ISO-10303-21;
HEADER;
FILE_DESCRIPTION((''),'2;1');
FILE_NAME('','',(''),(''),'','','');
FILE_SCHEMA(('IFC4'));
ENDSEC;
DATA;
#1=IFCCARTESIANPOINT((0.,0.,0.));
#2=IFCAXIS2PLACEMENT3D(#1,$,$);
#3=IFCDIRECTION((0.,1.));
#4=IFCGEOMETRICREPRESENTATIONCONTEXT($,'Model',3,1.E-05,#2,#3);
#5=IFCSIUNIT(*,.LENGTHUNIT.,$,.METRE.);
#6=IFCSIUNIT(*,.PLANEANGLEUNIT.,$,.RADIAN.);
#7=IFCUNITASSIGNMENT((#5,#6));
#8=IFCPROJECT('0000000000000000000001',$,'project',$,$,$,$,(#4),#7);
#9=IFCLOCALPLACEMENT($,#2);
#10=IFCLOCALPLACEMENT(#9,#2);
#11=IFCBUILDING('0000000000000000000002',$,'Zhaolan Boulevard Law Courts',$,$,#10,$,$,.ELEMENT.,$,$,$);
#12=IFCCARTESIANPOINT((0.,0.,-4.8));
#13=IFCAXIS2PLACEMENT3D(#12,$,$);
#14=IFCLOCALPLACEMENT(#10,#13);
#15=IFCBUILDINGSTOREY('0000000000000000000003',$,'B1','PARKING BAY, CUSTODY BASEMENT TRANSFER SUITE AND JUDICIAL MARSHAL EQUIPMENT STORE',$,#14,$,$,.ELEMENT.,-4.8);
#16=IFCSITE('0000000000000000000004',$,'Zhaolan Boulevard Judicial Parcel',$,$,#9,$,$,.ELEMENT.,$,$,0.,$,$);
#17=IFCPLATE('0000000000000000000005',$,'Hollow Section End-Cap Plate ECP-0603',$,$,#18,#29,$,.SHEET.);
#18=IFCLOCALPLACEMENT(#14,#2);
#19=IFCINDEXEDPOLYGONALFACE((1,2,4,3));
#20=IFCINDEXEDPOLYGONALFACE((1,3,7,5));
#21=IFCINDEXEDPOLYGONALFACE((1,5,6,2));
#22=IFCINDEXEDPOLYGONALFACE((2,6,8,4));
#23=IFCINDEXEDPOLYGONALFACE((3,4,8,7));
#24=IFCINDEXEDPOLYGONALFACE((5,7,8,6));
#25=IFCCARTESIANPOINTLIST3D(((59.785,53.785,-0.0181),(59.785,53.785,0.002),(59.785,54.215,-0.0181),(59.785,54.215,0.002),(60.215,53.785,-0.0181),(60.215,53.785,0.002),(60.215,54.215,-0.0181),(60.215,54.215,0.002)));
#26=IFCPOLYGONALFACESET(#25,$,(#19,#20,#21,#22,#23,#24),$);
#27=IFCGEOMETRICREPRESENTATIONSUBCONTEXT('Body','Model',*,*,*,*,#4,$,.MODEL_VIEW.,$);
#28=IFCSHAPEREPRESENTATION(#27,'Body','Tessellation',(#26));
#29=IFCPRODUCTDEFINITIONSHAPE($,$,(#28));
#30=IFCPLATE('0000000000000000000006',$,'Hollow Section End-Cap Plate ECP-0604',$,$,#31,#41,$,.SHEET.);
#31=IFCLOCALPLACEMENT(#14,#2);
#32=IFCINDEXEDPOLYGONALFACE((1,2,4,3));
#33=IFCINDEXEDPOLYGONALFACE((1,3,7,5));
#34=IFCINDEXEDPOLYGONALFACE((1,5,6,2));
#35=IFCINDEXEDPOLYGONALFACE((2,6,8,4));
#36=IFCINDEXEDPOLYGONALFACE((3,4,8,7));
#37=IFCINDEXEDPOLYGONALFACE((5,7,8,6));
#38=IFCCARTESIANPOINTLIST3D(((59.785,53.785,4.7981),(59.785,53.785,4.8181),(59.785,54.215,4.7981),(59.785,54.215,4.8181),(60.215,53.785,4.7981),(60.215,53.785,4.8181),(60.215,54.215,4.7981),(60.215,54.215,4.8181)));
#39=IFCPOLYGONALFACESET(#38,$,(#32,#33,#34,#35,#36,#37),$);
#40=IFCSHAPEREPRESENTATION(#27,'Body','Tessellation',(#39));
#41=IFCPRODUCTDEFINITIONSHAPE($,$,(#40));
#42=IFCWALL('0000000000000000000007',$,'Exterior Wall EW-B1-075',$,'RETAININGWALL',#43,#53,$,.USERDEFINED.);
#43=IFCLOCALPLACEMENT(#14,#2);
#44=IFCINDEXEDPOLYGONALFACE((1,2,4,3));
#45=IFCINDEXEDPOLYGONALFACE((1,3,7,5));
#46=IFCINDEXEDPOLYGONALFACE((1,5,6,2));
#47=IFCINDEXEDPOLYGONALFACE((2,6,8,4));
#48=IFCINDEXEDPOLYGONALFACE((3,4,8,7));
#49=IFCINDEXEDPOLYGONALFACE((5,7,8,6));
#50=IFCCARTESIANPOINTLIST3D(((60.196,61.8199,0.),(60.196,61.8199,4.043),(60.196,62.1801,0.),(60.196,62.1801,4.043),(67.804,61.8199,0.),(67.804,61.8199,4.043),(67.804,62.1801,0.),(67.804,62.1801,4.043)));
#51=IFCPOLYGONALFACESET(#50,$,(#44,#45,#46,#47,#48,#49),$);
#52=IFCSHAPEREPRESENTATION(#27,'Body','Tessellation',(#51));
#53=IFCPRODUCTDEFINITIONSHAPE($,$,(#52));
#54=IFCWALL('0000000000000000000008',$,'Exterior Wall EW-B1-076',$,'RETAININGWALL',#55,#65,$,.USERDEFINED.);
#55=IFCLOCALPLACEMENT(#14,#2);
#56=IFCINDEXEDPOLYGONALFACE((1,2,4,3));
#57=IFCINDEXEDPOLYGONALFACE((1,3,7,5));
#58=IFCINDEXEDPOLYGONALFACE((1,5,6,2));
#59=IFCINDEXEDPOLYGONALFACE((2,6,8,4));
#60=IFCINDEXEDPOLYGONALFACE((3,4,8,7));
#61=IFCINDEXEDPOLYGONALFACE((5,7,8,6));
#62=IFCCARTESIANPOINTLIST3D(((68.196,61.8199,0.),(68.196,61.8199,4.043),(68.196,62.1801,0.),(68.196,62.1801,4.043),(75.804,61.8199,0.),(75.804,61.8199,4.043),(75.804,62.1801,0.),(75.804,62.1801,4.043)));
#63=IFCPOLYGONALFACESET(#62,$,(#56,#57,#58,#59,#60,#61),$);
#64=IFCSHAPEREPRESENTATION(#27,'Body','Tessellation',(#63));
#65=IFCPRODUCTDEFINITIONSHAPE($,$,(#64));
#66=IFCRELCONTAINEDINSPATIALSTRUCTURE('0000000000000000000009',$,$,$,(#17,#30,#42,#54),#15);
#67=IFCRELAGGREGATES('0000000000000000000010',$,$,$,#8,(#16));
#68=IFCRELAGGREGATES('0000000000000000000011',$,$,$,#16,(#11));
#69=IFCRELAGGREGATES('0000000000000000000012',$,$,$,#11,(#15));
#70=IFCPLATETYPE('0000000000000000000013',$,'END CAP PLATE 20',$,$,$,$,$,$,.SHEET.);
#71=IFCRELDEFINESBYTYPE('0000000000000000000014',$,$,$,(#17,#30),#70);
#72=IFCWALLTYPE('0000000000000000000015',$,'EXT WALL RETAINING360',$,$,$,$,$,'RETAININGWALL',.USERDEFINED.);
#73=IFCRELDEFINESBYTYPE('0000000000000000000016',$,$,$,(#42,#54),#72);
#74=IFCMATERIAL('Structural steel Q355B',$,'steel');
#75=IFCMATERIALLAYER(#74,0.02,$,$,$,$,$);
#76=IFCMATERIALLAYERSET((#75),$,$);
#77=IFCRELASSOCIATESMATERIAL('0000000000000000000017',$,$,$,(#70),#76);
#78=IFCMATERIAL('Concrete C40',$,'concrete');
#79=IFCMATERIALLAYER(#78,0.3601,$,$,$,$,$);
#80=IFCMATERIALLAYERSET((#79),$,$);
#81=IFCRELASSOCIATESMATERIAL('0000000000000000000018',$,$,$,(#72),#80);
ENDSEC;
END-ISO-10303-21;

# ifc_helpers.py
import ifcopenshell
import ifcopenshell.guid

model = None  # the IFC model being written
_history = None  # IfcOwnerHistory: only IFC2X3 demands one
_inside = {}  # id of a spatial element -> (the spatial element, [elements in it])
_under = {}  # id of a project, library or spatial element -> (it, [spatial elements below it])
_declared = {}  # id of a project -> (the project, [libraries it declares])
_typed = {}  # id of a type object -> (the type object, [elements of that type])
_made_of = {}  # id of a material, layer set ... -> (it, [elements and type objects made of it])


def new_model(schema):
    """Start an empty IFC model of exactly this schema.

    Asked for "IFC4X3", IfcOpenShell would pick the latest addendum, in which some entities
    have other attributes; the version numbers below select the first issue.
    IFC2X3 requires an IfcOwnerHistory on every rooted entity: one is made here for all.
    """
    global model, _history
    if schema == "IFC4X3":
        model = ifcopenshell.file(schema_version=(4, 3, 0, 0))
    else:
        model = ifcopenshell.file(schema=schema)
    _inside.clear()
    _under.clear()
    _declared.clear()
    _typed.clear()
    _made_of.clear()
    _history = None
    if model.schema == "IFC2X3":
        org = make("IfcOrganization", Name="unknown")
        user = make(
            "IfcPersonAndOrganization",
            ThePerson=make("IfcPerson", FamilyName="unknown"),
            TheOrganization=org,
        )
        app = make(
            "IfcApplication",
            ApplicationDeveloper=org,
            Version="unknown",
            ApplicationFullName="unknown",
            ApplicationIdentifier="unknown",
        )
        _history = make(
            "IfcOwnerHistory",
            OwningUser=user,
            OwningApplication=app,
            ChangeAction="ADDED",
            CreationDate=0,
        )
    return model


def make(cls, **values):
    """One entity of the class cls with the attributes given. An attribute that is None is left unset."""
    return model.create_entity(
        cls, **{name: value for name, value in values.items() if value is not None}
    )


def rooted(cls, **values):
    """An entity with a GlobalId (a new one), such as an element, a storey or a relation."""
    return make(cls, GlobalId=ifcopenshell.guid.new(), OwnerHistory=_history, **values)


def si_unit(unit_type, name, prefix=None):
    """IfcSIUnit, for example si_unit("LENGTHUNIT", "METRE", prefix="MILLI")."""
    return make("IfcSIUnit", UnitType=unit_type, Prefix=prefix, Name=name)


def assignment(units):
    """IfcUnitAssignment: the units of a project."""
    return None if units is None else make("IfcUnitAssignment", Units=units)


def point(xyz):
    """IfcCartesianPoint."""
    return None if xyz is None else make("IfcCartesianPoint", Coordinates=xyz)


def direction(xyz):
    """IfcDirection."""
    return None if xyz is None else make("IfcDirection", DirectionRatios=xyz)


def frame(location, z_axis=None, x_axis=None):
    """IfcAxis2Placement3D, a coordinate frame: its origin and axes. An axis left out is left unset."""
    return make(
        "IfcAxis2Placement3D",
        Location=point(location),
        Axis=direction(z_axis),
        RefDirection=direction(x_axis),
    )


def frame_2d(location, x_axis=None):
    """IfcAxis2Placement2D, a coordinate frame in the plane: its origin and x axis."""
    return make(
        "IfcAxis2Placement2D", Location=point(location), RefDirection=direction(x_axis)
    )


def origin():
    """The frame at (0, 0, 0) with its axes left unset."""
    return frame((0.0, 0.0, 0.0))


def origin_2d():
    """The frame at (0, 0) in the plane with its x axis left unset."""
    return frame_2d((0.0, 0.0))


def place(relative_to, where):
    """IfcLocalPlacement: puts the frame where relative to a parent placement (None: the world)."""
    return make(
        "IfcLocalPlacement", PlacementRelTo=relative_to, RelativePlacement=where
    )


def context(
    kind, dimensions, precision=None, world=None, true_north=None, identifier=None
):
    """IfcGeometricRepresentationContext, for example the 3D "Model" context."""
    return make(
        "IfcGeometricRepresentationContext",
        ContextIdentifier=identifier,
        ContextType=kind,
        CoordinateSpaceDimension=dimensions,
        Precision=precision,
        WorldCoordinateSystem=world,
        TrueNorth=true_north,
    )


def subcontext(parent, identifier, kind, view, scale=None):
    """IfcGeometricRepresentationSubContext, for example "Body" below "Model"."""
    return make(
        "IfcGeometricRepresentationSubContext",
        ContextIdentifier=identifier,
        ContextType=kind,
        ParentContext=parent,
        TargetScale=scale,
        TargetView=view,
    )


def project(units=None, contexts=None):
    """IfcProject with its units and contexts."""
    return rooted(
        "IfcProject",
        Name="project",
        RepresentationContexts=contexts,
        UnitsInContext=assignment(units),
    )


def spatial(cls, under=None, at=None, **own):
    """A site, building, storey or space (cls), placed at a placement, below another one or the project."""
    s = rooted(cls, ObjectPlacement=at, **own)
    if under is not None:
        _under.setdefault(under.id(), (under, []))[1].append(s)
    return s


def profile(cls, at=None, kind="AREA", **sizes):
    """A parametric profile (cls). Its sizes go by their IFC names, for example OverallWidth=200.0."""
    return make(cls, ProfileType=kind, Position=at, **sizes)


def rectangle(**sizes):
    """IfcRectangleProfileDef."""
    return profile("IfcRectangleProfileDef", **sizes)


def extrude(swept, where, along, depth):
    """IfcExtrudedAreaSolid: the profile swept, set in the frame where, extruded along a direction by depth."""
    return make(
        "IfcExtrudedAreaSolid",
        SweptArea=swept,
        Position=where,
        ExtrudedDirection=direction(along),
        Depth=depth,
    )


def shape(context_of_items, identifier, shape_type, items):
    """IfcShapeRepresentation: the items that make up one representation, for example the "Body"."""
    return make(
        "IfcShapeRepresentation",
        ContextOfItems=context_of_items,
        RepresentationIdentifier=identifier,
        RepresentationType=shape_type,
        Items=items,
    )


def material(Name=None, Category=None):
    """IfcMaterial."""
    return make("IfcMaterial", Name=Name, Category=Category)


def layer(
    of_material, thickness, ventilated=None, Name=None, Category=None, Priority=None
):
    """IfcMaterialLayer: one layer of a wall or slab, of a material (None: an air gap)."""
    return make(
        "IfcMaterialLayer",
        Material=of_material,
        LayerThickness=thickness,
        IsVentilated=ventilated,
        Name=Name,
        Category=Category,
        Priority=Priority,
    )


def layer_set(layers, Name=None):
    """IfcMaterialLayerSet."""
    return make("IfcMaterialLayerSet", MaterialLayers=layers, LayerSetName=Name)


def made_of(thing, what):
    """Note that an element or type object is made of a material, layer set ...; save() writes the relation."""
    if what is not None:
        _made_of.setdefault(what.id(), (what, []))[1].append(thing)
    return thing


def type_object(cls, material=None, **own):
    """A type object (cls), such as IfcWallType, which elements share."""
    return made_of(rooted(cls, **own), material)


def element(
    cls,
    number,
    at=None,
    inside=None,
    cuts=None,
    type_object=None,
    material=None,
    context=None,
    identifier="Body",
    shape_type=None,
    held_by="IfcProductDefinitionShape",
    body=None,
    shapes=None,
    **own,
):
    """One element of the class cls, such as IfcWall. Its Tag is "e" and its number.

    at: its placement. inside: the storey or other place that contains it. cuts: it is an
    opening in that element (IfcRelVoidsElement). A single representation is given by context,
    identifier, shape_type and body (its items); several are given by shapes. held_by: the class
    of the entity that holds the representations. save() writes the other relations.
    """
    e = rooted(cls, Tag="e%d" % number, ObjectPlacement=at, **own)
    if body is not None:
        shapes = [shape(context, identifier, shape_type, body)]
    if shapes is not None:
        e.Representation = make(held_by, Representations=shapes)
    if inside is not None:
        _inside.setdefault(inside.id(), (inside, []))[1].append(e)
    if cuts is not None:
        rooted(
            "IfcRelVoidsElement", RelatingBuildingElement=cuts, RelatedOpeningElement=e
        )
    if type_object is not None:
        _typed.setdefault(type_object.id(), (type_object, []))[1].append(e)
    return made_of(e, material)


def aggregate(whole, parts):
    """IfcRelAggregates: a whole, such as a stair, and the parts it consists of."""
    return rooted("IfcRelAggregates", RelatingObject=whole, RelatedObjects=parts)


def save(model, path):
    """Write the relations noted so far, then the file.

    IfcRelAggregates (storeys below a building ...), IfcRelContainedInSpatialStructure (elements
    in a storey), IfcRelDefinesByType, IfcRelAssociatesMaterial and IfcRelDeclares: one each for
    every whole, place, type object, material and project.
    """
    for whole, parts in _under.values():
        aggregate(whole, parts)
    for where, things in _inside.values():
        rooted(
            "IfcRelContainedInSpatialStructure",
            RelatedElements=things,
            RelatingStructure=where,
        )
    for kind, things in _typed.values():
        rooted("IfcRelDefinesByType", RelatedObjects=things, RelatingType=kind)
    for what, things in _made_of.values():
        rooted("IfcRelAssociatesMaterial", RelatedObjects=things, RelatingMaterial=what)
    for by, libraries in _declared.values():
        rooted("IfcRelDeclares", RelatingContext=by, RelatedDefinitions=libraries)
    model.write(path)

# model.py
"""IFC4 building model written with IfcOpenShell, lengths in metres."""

from ifc_helpers import new_model, si_unit, direction, frame, frame_2d, origin, origin_2d, place, context, subcontext, project, spatial, rectangle, extrude, material, layer, layer_set, type_object, element, save


model = new_model("IFC4")

# Units and contexts
model_context = context("Model", 3, precision=1e-05, world=origin(), true_north=direction((0.0, 1.0)))
body_context = subcontext(model_context, "Body", "Model", "MODEL_VIEW")
ifc_project = project(units=[si_unit("LENGTHUNIT", "METRE"), si_unit("PLANEANGLEUNIT", "RADIAN")], contexts=[model_context])

# Site, building, storey
site_placement = place(None, origin())
site = spatial("IfcSite", under=ifc_project, at=site_placement, Name="Zhaolan Boulevard Judicial Parcel", CompositionType="ELEMENT", RefElevation=0.0)
building_placement = place(site_placement, origin())
building = spatial("IfcBuilding", under=site, at=building_placement, Name="Zhaolan Boulevard Law Courts", CompositionType="ELEMENT")
storey_placement = place(building_placement, frame((0.0, 0.0, -4.8)))
storey = spatial("IfcBuildingStorey", under=building, at=storey_placement, Name="B1", Description="PARKING BAY, CUSTODY BASEMENT TRANSFER SUITE AND JUDICIAL MARSHAL EQUIPMENT STORE", CompositionType="ELEMENT", Elevation=-4.8)

# Plates
ifc_material_1 = material(Name="Structural steel Q355B", Category="steel")
ifc_layer_1 = layer(ifc_material_1, 0.02)
ifc_layer_set_1 = layer_set([ifc_layer_1])
plate_type = type_object("IfcPlateType", Name="END CAP PLATE 20", PredefinedType="SHEET", material=ifc_layer_set_1)
for number, where, z_axis, x_axis, name in (
    (1, (60.0, 54.0, -0.0181), (0.0, 0.0, 1.0), (1.0, 0.0, 0.0), "Hollow Section End-Cap Plate ECP-0603"),
    (2, (60.0, 54.0, 4.7981), (0.0, 0.0, 1.0), (1.0, 0.0, 0.0), "Hollow Section End-Cap Plate ECP-0604"),
):
    element("IfcPlate", number, at=place(storey_placement, frame(where, z_axis=z_axis, x_axis=x_axis)), inside=storey, type_object=plate_type, Name=name, PredefinedType="SHEET", context=body_context, shape_type="SweptSolid", body=[
        extrude(rectangle(XDim=0.4299, YDim=0.4299, at=origin_2d()), origin(), (0.0, 0.0, 1.0), 0.02),
    ])

# Walls
ifc_material_2 = material(Name="Concrete C40", Category="concrete")
ifc_layer_2 = layer(ifc_material_2, 0.3601)
ifc_layer_set_2 = layer_set([ifc_layer_2])
wall_type = type_object("IfcWallType", Name="EXT WALL RETAINING360", ElementType="RETAININGWALL", PredefinedType="USERDEFINED", material=ifc_layer_set_2)
for number, where, z_axis, x_axis, name in (
    (3, (60.196, 62.0, 0.0), (0.0, 0.0, 1.0), (1.0, 0.0, 0.0), "Exterior Wall EW-B1-075"),
    (4, (68.196, 62.0, 0.0), (0.0, 0.0, 1.0), (1.0, 0.0, 0.0), "Exterior Wall EW-B1-076"),
):
    element("IfcWall", number, at=place(storey_placement, frame(where, z_axis=z_axis, x_axis=x_axis)), inside=storey, type_object=wall_type, Name=name, ObjectType="RETAININGWALL", PredefinedType="USERDEFINED", context=body_context, shape_type="SweptSolid", body=[
        extrude(rectangle(XDim=7.6079, YDim=0.3601, at=frame_2d((3.804, 0.0))), origin(), (0.0, 0.0, 1.0), 4.043),
    ])

save(model, "model.ifc")
